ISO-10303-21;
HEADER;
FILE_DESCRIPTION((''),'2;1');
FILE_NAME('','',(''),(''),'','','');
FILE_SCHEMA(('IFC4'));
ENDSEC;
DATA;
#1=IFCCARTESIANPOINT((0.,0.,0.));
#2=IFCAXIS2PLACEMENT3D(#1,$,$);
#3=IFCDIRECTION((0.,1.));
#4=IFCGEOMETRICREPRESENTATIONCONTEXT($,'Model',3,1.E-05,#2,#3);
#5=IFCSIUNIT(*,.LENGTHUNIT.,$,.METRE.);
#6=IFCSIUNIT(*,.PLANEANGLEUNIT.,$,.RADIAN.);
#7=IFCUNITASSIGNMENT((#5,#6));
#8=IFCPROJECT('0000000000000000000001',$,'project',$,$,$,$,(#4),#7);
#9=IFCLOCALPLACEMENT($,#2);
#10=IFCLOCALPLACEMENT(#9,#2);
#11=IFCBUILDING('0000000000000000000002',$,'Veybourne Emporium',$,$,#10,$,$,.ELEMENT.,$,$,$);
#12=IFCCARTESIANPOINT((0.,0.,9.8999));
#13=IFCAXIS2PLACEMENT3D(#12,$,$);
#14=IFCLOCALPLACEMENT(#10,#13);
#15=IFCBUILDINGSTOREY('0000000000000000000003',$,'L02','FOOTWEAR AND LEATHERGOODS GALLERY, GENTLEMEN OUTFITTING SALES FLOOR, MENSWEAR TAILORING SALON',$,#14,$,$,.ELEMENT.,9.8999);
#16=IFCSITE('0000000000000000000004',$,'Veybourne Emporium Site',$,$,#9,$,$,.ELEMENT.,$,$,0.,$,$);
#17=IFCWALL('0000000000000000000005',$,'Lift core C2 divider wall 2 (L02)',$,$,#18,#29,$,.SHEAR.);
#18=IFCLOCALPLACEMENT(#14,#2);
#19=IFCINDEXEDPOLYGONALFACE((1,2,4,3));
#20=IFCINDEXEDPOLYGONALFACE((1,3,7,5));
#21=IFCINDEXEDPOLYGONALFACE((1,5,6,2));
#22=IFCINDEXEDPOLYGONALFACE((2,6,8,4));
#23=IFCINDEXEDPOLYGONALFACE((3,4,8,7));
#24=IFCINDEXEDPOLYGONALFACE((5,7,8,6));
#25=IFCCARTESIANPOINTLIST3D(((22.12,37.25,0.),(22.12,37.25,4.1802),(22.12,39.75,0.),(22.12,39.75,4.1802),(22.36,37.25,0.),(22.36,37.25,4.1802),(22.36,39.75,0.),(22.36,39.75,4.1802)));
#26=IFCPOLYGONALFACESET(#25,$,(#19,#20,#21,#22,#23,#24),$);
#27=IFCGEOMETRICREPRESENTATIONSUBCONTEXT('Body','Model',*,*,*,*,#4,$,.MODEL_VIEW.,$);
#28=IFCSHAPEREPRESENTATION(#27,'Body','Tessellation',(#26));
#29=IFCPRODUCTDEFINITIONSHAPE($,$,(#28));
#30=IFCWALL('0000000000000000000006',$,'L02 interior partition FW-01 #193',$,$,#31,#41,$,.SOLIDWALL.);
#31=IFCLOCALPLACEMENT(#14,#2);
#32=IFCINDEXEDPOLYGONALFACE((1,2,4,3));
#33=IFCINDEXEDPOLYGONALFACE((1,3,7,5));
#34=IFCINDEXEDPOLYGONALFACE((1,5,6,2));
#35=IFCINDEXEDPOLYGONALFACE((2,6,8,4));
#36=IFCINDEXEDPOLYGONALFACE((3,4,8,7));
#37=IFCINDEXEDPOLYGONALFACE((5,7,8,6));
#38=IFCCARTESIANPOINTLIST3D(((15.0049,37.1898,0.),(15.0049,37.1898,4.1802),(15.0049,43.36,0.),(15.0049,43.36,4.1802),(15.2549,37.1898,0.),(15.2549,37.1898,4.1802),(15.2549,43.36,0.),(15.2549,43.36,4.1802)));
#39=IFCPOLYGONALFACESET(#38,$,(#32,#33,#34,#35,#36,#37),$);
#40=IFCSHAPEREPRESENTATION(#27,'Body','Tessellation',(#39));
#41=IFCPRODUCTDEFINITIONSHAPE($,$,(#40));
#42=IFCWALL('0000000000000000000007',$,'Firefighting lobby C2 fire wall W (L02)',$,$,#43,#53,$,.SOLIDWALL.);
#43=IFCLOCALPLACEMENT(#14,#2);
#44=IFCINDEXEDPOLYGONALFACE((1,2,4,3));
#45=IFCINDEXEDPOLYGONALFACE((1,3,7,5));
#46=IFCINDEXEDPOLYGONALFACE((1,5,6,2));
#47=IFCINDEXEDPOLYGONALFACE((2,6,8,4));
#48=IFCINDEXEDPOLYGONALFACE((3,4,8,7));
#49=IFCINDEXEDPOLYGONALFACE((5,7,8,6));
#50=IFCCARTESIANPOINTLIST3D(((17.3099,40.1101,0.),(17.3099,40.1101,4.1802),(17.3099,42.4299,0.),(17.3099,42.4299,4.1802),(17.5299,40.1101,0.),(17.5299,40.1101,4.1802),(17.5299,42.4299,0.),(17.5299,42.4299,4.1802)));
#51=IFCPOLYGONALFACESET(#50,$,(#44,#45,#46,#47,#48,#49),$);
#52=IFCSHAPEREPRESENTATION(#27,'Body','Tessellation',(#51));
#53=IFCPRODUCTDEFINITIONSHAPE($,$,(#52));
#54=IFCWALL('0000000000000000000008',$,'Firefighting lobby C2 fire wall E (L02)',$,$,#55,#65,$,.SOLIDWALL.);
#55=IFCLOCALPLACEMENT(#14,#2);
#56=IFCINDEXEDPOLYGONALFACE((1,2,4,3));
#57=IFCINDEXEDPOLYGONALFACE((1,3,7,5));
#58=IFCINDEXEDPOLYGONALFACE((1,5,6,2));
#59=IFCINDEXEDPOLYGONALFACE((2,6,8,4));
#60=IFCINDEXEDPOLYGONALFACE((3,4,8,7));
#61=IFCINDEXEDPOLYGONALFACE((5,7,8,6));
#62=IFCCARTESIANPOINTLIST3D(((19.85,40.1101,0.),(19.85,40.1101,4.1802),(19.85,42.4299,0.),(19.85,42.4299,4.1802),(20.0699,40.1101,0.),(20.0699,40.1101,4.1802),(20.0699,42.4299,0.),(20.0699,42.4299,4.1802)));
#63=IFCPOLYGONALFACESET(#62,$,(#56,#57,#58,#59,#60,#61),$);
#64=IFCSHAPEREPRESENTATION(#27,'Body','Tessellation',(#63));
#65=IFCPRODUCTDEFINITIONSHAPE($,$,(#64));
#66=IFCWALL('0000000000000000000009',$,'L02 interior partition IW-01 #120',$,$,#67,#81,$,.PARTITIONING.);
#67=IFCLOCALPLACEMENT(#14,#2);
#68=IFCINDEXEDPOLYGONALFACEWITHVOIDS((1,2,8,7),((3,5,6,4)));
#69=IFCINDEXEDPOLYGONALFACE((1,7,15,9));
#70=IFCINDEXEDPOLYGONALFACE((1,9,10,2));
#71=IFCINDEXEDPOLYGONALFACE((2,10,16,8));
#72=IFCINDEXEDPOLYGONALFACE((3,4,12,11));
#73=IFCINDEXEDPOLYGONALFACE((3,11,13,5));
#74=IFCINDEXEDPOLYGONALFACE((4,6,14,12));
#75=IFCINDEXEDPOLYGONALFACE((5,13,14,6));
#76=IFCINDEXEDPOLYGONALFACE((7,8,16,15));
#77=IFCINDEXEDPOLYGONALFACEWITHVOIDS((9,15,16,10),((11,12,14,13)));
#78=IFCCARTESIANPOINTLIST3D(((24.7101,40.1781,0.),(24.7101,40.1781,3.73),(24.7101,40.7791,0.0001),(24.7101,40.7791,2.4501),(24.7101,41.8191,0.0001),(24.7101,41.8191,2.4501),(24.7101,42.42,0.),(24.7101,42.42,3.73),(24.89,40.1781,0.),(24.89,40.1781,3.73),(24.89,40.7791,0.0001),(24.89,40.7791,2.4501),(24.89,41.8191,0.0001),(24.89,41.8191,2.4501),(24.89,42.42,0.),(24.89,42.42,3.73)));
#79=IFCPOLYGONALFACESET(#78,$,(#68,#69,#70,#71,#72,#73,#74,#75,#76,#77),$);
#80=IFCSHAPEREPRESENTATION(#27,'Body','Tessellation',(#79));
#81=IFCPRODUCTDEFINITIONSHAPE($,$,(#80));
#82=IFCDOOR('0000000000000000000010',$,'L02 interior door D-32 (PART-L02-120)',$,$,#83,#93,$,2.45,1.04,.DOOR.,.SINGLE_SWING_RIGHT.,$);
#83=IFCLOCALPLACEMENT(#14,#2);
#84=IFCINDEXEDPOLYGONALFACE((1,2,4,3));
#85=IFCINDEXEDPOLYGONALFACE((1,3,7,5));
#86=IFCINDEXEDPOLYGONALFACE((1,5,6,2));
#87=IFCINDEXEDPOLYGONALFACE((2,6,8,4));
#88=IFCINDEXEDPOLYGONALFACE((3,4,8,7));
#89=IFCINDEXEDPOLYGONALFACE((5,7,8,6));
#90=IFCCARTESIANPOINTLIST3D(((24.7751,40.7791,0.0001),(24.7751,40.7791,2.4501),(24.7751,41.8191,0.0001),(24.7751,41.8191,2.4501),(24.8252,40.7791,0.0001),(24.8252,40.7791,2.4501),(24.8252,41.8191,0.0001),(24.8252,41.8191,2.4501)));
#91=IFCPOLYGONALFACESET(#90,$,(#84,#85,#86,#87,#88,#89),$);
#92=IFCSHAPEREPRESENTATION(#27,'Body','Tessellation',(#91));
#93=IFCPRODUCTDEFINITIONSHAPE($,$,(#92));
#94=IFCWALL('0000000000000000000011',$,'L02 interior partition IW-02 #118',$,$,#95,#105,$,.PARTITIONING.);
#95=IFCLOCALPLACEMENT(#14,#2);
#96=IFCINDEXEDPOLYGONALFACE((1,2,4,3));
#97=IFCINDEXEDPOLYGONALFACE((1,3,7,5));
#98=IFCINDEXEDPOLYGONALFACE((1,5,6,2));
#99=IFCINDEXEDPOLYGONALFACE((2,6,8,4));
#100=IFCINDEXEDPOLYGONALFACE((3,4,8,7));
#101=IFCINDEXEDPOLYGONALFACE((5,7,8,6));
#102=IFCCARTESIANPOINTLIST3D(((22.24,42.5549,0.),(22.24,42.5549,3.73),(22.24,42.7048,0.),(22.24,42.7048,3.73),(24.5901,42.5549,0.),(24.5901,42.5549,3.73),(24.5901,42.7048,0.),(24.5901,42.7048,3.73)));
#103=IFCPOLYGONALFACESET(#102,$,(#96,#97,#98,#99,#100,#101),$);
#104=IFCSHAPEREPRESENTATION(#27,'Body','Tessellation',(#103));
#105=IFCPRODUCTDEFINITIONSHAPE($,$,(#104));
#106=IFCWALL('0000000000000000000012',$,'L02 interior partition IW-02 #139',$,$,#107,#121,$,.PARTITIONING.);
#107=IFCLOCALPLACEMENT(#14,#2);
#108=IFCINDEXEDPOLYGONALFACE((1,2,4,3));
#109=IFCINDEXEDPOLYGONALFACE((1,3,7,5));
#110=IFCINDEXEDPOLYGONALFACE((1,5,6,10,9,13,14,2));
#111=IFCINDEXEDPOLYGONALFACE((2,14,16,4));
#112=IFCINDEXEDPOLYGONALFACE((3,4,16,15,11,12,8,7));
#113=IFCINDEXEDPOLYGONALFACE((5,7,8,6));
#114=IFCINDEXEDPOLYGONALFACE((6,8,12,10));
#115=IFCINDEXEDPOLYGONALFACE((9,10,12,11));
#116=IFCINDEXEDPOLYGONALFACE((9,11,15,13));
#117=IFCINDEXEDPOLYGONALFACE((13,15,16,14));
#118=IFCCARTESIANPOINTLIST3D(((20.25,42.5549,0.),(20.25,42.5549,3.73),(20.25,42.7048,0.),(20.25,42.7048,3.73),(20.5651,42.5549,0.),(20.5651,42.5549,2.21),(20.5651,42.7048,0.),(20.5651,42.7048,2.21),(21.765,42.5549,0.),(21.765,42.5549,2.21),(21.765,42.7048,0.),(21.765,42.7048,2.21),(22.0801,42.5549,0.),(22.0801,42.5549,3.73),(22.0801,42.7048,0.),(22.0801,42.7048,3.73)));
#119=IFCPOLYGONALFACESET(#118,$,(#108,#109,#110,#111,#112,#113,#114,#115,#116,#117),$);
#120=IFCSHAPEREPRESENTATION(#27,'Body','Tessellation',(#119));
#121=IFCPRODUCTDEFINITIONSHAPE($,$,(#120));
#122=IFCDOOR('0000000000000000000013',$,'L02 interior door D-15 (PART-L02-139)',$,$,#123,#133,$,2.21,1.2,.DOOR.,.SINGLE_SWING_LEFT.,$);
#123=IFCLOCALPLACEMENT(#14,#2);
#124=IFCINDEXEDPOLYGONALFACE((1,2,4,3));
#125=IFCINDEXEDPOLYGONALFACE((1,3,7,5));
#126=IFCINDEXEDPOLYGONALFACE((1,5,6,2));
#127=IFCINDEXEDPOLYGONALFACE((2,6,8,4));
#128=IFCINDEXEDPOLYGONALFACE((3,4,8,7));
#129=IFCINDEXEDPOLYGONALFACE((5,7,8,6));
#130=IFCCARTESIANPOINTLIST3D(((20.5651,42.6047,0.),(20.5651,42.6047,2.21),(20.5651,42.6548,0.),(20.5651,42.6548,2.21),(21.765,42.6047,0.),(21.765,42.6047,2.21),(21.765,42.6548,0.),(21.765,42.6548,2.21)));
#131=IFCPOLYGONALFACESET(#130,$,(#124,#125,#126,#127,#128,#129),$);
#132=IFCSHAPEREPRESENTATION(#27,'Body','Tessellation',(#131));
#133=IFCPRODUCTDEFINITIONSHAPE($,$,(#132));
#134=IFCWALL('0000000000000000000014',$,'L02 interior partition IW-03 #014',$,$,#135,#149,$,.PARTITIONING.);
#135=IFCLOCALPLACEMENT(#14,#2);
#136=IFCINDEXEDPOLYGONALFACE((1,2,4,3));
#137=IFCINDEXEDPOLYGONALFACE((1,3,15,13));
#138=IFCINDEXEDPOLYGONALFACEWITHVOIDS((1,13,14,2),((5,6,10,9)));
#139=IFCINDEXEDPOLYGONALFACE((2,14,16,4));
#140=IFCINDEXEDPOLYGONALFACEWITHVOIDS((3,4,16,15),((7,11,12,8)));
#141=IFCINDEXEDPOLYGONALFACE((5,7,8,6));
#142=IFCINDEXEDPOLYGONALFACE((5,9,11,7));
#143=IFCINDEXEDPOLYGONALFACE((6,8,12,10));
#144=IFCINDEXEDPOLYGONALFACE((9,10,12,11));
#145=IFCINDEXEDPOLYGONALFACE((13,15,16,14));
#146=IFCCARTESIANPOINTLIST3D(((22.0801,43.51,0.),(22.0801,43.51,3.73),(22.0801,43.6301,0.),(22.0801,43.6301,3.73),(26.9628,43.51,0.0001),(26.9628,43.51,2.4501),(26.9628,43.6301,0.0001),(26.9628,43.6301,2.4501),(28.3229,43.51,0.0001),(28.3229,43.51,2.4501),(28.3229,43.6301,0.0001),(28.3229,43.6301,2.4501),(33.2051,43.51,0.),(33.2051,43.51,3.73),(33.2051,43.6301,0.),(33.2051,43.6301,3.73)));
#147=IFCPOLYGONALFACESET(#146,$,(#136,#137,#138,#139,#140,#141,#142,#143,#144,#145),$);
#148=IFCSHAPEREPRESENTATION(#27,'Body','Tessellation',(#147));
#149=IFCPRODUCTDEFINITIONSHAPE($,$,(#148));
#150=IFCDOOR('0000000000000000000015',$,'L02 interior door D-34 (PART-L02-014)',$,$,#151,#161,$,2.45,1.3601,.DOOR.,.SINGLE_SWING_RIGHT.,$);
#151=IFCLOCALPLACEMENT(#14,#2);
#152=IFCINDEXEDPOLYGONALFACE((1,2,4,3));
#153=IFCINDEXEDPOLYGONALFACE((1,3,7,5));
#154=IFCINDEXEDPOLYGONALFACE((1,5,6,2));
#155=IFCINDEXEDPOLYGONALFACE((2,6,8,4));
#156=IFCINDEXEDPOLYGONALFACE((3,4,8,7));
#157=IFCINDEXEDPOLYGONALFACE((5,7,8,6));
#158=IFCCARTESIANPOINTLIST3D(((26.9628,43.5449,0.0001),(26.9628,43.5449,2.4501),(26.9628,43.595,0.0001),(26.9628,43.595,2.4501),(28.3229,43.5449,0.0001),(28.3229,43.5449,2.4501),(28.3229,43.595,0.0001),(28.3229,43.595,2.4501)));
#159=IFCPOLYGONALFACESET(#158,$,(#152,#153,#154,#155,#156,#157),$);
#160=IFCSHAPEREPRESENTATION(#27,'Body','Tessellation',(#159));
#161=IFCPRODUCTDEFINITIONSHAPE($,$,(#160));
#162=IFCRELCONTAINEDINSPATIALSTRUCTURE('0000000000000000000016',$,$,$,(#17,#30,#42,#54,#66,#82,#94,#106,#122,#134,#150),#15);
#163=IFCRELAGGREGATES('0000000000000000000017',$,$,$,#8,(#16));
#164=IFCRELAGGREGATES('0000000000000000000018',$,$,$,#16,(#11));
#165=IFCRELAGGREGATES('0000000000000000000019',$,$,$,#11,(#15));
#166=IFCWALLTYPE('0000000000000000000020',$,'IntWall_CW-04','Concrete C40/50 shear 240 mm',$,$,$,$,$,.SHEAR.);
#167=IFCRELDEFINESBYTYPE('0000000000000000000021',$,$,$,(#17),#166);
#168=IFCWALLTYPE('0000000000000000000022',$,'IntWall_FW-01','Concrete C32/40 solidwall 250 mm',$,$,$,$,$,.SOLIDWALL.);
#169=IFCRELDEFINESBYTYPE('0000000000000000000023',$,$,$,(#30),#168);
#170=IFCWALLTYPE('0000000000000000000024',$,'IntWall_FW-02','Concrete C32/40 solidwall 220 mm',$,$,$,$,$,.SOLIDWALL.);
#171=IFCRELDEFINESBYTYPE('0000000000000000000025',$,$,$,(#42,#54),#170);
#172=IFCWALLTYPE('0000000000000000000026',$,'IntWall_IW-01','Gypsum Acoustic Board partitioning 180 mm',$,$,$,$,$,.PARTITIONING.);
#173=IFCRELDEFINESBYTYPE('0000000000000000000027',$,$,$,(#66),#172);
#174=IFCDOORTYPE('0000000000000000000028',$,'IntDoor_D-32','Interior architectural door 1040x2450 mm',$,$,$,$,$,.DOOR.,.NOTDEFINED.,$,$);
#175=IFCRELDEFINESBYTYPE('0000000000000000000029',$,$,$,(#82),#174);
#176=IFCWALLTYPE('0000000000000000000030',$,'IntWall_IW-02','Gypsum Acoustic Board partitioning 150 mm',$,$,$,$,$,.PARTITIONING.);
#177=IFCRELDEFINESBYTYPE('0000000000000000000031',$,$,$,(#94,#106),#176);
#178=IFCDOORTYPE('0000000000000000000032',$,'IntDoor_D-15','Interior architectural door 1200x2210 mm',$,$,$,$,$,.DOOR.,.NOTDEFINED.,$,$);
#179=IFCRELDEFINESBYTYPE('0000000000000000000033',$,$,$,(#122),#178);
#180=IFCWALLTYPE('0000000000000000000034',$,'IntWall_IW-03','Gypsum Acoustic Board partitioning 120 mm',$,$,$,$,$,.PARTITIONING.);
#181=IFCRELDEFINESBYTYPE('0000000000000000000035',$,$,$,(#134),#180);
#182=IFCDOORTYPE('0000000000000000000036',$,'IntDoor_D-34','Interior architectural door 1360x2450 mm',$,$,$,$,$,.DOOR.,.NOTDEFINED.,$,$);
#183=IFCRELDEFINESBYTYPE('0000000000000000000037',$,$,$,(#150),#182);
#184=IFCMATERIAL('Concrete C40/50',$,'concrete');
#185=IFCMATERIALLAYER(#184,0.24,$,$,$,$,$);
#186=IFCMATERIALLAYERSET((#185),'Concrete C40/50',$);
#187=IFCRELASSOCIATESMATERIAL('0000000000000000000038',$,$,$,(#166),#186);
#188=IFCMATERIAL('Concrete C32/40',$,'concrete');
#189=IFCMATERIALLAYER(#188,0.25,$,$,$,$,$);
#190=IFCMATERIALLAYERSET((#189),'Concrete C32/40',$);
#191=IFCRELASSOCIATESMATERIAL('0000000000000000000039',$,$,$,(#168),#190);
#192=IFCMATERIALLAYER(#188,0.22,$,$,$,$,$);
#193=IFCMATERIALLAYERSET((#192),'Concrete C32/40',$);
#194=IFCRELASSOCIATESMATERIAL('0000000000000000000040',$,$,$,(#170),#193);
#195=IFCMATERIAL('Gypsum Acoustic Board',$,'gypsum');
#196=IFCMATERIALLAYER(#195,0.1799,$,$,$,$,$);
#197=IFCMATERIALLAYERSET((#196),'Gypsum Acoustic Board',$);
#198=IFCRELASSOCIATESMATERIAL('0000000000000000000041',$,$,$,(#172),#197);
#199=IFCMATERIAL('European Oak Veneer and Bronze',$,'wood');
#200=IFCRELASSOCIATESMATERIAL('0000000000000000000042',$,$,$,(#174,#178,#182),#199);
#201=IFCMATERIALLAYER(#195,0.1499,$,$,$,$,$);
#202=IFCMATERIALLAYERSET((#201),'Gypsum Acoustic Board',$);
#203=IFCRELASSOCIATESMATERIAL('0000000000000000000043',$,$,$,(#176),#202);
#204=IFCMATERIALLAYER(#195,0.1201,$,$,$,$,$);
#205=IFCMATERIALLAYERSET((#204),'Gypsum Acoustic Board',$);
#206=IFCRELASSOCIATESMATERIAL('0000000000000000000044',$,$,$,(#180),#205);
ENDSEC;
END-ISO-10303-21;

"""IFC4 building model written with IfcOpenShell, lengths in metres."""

from ifc_helpers import new_model, si_unit, direction, frame, frame_2d, origin, place, context, subcontext, project, spatial, rectangle, extrude, material, layer, layer_set, type_object, element, fill, save


model = new_model("IFC4")

# Units and contexts
model_context = context("Model", 3, precision=1e-05, world=origin(), true_north=direction((0.0, 1.0)))
body_context = subcontext(model_context, "Body", "Model", "MODEL_VIEW")
ifc_project = project(units=[si_unit("LENGTHUNIT", "METRE"), si_unit("PLANEANGLEUNIT", "RADIAN")], contexts=[model_context])

# Site, building, storey
site_placement = place(None, origin())
site = spatial("IfcSite", under=ifc_project, at=site_placement, Name="Veybourne Emporium Site", CompositionType="ELEMENT", RefElevation=0.0)
building_placement = place(site_placement, origin())
building = spatial("IfcBuilding", under=site, at=building_placement, Name="Veybourne Emporium", CompositionType="ELEMENT")
storey_placement = place(building_placement, frame((0.0, 0.0, 9.8999)))
storey = spatial("IfcBuildingStorey", under=building, at=storey_placement, Name="L02", Description="FOOTWEAR AND LEATHERGOODS GALLERY, GENTLEMEN OUTFITTING SALES FLOOR, MENSWEAR TAILORING SALON", CompositionType="ELEMENT", Elevation=9.8999)

# Shared definitions
ifc_material_1 = material(Name="Concrete C40/50", Category="concrete")

# Shared definitions
ifc_material_2 = material(Name="Concrete C32/40", Category="concrete")

# Shared definitions
ifc_layer_1 = layer(ifc_material_1, 0.24)
ifc_layer_set_1 = layer_set([ifc_layer_1], Name="Concrete C40/50")
wall_type_1 = type_object("IfcWallType", Name="IntWall_CW-04", Description="Concrete C40/50 shear 240 mm", PredefinedType="SHEAR", material=ifc_layer_set_1)

# Walls
for number, where, z_axis, x_axis, name in (
    (1, (22.24, 37.25, 0.0), (0.0, 0.0, 1.0), (0.0, 1.0, 0.0), "Lift core C2 divider wall 2 (L02)"),
):
    element("IfcWall", number, at=place(storey_placement, frame(where, z_axis=z_axis, x_axis=x_axis)), inside=storey, type_object=wall_type_1, Name=name, PredefinedType="SHEAR", context=body_context, shape_type="SweptSolid", body=[
        extrude(rectangle(XDim=2.5, YDim=0.24, at=frame_2d((1.25, 0.0))), origin(), (0.0, 0.0, 1.0), 4.1802),
    ])
ifc_layer_2 = layer(ifc_material_2, 0.25)
ifc_layer_set_2 = layer_set([ifc_layer_2], Name="Concrete C32/40")
wall_type_2 = type_object("IfcWallType", Name="IntWall_FW-01", Description="Concrete C32/40 solidwall 250 mm", PredefinedType="SOLIDWALL", material=ifc_layer_set_2)
wall_1_placement = place(storey_placement, frame((15.1299, 37.1899, 0.0), z_axis=(0.0, 0.0, 1.0), x_axis=(0.0, 1.0, 0.0)))
element("IfcWall", 2, at=wall_1_placement, inside=storey, type_object=wall_type_2, Name="L02 interior partition FW-01 #193", PredefinedType="SOLIDWALL", context=body_context, shape_type="SweptSolid", body=[
    extrude(rectangle(XDim=6.1702, YDim=0.25, at=frame_2d((3.085, 0.0))), origin(), (0.0, 0.0, 1.0), 4.1802),
])

# Shared definitions
ifc_layer_3 = layer(ifc_material_2, 0.22)
ifc_layer_set_3 = layer_set([ifc_layer_3], Name="Concrete C32/40")
wall_type_3 = type_object("IfcWallType", Name="IntWall_FW-02", Description="Concrete C32/40 solidwall 220 mm", PredefinedType="SOLIDWALL", material=ifc_layer_set_3)

# Walls
for number, where, z_axis, x_axis, name in (
    (3, (17.4199, 40.1101, 0.0), (0.0, 0.0, 1.0), (0.0, 1.0, 0.0), "Firefighting lobby C2 fire wall W (L02)"),
    (4, (19.96, 40.1101, 0.0), (0.0, 0.0, 1.0), (0.0, 1.0, 0.0), "Firefighting lobby C2 fire wall E (L02)"),
):
    element("IfcWall", number, at=place(storey_placement, frame(where, z_axis=z_axis, x_axis=x_axis)), inside=storey, type_object=wall_type_3, Name=name, PredefinedType="SOLIDWALL", context=body_context, shape_type="SweptSolid", body=[
        extrude(rectangle(XDim=2.3198, YDim=0.22, at=frame_2d((1.1599, 0.0))), origin(), (0.0, 0.0, 1.0), 4.1802),
    ])

# Wall, opening, door
ifc_material_3 = material(Name="Gypsum Acoustic Board", Category="gypsum")
ifc_layer_4 = layer(ifc_material_3, 0.1799)
ifc_layer_set_4 = layer_set([ifc_layer_4], Name="Gypsum Acoustic Board")
wall_type_4 = type_object("IfcWallType", Name="IntWall_IW-01", Description="Gypsum Acoustic Board partitioning 180 mm", PredefinedType="PARTITIONING", material=ifc_layer_set_4)
wall_2_placement = place(storey_placement, frame((24.8, 40.178, 0.0), z_axis=(0.0, 0.0, 1.0), x_axis=(0.0, 1.0, 0.0)))
wall_2 = element("IfcWall", 5, at=wall_2_placement, inside=storey, type_object=wall_type_4, Name="L02 interior partition IW-01 #120", PredefinedType="PARTITIONING", context=body_context, shape_type="SweptSolid", body=[
    extrude(rectangle(XDim=2.2419, YDim=0.1799, at=frame_2d((1.1211, 0.0))), origin(), (0.0, 0.0, 1.0), 3.73),
])
opening_1_placement = place(wall_2_placement, frame((0.6011, 0.0, 0.0)))
opening_1 = element("IfcOpeningElement", 6, at=opening_1_placement, cuts=wall_2, PredefinedType="OPENING", context=body_context, shape_type="SweptSolid", body=[
    extrude(rectangle(XDim=1.04, YDim=2.45, at=frame_2d((0.52, 1.2251))), frame((0.0, 0.1099, 0.0), z_axis=(0.0, -1.0, 0.0), x_axis=(1.0, 0.0, 0.0)), (0.0, 0.0, 1.0), 0.22),
])
ifc_material_4 = material(Name="European Oak Veneer and Bronze", Category="wood")
door_type_1 = type_object("IfcDoorType", Name="IntDoor_D-32", Description="Interior architectural door 1040x2450 mm", OperationType="NOTDEFINED", PredefinedType="DOOR", material=ifc_material_4)
door_1_placement = place(opening_1_placement, origin())
door_1 = element("IfcDoor", 7, at=door_1_placement, inside=storey, type_object=door_type_1, Name="L02 interior door D-32 (PART-L02-120)", OperationType="SINGLE_SWING_RIGHT", OverallHeight=2.45, OverallWidth=1.04, PredefinedType="DOOR", context=body_context, shape_type="SweptSolid", body=[
    extrude(rectangle(XDim=1.04, YDim=2.45, at=frame_2d((0.52, 1.2251))), frame((0.0, 0.0249, 0.0), z_axis=(0.0, -1.0, 0.0), x_axis=(1.0, 0.0, 0.0)), (0.0, 0.0, 1.0), 0.05),
])
fill(opening_1, door_1)

# Wall
ifc_layer_5 = layer(ifc_material_3, 0.1499)
ifc_layer_set_5 = layer_set([ifc_layer_5], Name="Gypsum Acoustic Board")
wall_type_5 = type_object("IfcWallType", Name="IntWall_IW-02", Description="Gypsum Acoustic Board partitioning 150 mm", PredefinedType="PARTITIONING", material=ifc_layer_set_5)
wall_3_placement = place(storey_placement, frame((22.24, 42.6299, 0.0), z_axis=(0.0, 0.0, 1.0), x_axis=(1.0, 0.0, 0.0)))
element("IfcWall", 8, at=wall_3_placement, inside=storey, type_object=wall_type_5, Name="L02 interior partition IW-02 #118", PredefinedType="PARTITIONING", context=body_context, shape_type="SweptSolid", body=[
    extrude(rectangle(XDim=2.3501, YDim=0.1499, at=frame_2d((1.175, 0.0))), origin(), (0.0, 0.0, 1.0), 3.73),
])

# Walls, openings, doors
wall_4_placement = place(storey_placement, frame((20.25, 42.6299, 0.0), z_axis=(0.0, 0.0, 1.0), x_axis=(1.0, 0.0, 0.0)))
wall_4 = element("IfcWall", 9, at=wall_4_placement, inside=storey, type_object=wall_type_5, Name="L02 interior partition IW-02 #139", PredefinedType="PARTITIONING", context=body_context, shape_type="SweptSolid", body=[
    extrude(rectangle(XDim=1.8301, YDim=0.1499, at=frame_2d((0.915, 0.0))), origin(), (0.0, 0.0, 1.0), 3.73),
])
opening_2_placement = place(wall_4_placement, frame((0.3149, 0.0, 0.0)))
opening_2 = element("IfcOpeningElement", 10, at=opening_2_placement, cuts=wall_4, PredefinedType="OPENING", context=body_context, shape_type="SweptSolid", body=[
    extrude(rectangle(XDim=1.2, YDim=2.21, at=frame_2d((0.6001, 1.105))), frame((0.0, 0.095, 0.0), z_axis=(0.0, -1.0, 0.0), x_axis=(1.0, 0.0, 0.0)), (0.0, 0.0, 1.0), 0.1899),
])
door_type_2 = type_object("IfcDoorType", Name="IntDoor_D-15", Description="Interior architectural door 1200x2210 mm", OperationType="NOTDEFINED", PredefinedType="DOOR", material=ifc_material_4)
door_2_placement = place(opening_2_placement, origin())
door_2 = element("IfcDoor", 11, at=door_2_placement, inside=storey, type_object=door_type_2, Name="L02 interior door D-15 (PART-L02-139)", OperationType="SINGLE_SWING_LEFT", OverallHeight=2.21, OverallWidth=1.2, PredefinedType="DOOR", context=body_context, shape_type="SweptSolid", body=[
    extrude(rectangle(XDim=1.2, YDim=2.21, at=frame_2d((0.6001, 1.105))), frame((0.0, 0.0249, 0.0), z_axis=(0.0, -1.0, 0.0), x_axis=(1.0, 0.0, 0.0)), (0.0, 0.0, 1.0), 0.05),
])
fill(opening_2, door_2)
ifc_layer_6 = layer(ifc_material_3, 0.1201)
ifc_layer_set_6 = layer_set([ifc_layer_6], Name="Gypsum Acoustic Board")
wall_type_6 = type_object("IfcWallType", Name="IntWall_IW-03", Description="Gypsum Acoustic Board partitioning 120 mm", PredefinedType="PARTITIONING", material=ifc_layer_set_6)
wall_5_placement = place(storey_placement, frame((22.0801, 43.5701, 0.0), z_axis=(0.0, 0.0, 1.0), x_axis=(1.0, 0.0, 0.0)))
wall_5 = element("IfcWall", 12, at=wall_5_placement, inside=storey, type_object=wall_type_6, Name="L02 interior partition IW-03 #014", PredefinedType="PARTITIONING", context=body_context, shape_type="SweptSolid", body=[
    extrude(rectangle(XDim=11.125, YDim=0.1201, at=frame_2d((5.5625, 0.0))), origin(), (0.0, 0.0, 1.0), 3.73),
])
opening_3_placement = place(wall_5_placement, frame((4.8826, 0.0, 0.0)))
opening_3 = element("IfcOpeningElement", 13, at=opening_3_placement, cuts=wall_5, PredefinedType="OPENING", context=body_context, shape_type="SweptSolid", body=[
    extrude(rectangle(XDim=1.3601, YDim=2.45, at=frame_2d((0.6802, 1.2251))), frame((0.0, 0.0801, 0.0), z_axis=(0.0, -1.0, 0.0), x_axis=(1.0, 0.0, 0.0)), (0.0, 0.0, 1.0), 0.1602),
])
door_type_3 = type_object("IfcDoorType", Name="IntDoor_D-34", Description="Interior architectural door 1360x2450 mm", OperationType="NOTDEFINED", PredefinedType="DOOR", material=ifc_material_4)
door_3_placement = place(opening_3_placement, origin())
door_3 = element("IfcDoor", 14, at=door_3_placement, inside=storey, type_object=door_type_3, Name="L02 interior door D-34 (PART-L02-014)", OperationType="SINGLE_SWING_RIGHT", OverallHeight=2.45, OverallWidth=1.3601, PredefinedType="DOOR", context=body_context, shape_type="SweptSolid", body=[
    extrude(rectangle(XDim=1.3601, YDim=2.45, at=frame_2d((0.6802, 1.2251))), frame((0.0, 0.0249, 0.0), z_axis=(0.0, -1.0, 0.0), x_axis=(1.0, 0.0, 0.0)), (0.0, 0.0, 1.0), 0.05),
])
fill(opening_3, door_3)

save(model, "model.ifc")
